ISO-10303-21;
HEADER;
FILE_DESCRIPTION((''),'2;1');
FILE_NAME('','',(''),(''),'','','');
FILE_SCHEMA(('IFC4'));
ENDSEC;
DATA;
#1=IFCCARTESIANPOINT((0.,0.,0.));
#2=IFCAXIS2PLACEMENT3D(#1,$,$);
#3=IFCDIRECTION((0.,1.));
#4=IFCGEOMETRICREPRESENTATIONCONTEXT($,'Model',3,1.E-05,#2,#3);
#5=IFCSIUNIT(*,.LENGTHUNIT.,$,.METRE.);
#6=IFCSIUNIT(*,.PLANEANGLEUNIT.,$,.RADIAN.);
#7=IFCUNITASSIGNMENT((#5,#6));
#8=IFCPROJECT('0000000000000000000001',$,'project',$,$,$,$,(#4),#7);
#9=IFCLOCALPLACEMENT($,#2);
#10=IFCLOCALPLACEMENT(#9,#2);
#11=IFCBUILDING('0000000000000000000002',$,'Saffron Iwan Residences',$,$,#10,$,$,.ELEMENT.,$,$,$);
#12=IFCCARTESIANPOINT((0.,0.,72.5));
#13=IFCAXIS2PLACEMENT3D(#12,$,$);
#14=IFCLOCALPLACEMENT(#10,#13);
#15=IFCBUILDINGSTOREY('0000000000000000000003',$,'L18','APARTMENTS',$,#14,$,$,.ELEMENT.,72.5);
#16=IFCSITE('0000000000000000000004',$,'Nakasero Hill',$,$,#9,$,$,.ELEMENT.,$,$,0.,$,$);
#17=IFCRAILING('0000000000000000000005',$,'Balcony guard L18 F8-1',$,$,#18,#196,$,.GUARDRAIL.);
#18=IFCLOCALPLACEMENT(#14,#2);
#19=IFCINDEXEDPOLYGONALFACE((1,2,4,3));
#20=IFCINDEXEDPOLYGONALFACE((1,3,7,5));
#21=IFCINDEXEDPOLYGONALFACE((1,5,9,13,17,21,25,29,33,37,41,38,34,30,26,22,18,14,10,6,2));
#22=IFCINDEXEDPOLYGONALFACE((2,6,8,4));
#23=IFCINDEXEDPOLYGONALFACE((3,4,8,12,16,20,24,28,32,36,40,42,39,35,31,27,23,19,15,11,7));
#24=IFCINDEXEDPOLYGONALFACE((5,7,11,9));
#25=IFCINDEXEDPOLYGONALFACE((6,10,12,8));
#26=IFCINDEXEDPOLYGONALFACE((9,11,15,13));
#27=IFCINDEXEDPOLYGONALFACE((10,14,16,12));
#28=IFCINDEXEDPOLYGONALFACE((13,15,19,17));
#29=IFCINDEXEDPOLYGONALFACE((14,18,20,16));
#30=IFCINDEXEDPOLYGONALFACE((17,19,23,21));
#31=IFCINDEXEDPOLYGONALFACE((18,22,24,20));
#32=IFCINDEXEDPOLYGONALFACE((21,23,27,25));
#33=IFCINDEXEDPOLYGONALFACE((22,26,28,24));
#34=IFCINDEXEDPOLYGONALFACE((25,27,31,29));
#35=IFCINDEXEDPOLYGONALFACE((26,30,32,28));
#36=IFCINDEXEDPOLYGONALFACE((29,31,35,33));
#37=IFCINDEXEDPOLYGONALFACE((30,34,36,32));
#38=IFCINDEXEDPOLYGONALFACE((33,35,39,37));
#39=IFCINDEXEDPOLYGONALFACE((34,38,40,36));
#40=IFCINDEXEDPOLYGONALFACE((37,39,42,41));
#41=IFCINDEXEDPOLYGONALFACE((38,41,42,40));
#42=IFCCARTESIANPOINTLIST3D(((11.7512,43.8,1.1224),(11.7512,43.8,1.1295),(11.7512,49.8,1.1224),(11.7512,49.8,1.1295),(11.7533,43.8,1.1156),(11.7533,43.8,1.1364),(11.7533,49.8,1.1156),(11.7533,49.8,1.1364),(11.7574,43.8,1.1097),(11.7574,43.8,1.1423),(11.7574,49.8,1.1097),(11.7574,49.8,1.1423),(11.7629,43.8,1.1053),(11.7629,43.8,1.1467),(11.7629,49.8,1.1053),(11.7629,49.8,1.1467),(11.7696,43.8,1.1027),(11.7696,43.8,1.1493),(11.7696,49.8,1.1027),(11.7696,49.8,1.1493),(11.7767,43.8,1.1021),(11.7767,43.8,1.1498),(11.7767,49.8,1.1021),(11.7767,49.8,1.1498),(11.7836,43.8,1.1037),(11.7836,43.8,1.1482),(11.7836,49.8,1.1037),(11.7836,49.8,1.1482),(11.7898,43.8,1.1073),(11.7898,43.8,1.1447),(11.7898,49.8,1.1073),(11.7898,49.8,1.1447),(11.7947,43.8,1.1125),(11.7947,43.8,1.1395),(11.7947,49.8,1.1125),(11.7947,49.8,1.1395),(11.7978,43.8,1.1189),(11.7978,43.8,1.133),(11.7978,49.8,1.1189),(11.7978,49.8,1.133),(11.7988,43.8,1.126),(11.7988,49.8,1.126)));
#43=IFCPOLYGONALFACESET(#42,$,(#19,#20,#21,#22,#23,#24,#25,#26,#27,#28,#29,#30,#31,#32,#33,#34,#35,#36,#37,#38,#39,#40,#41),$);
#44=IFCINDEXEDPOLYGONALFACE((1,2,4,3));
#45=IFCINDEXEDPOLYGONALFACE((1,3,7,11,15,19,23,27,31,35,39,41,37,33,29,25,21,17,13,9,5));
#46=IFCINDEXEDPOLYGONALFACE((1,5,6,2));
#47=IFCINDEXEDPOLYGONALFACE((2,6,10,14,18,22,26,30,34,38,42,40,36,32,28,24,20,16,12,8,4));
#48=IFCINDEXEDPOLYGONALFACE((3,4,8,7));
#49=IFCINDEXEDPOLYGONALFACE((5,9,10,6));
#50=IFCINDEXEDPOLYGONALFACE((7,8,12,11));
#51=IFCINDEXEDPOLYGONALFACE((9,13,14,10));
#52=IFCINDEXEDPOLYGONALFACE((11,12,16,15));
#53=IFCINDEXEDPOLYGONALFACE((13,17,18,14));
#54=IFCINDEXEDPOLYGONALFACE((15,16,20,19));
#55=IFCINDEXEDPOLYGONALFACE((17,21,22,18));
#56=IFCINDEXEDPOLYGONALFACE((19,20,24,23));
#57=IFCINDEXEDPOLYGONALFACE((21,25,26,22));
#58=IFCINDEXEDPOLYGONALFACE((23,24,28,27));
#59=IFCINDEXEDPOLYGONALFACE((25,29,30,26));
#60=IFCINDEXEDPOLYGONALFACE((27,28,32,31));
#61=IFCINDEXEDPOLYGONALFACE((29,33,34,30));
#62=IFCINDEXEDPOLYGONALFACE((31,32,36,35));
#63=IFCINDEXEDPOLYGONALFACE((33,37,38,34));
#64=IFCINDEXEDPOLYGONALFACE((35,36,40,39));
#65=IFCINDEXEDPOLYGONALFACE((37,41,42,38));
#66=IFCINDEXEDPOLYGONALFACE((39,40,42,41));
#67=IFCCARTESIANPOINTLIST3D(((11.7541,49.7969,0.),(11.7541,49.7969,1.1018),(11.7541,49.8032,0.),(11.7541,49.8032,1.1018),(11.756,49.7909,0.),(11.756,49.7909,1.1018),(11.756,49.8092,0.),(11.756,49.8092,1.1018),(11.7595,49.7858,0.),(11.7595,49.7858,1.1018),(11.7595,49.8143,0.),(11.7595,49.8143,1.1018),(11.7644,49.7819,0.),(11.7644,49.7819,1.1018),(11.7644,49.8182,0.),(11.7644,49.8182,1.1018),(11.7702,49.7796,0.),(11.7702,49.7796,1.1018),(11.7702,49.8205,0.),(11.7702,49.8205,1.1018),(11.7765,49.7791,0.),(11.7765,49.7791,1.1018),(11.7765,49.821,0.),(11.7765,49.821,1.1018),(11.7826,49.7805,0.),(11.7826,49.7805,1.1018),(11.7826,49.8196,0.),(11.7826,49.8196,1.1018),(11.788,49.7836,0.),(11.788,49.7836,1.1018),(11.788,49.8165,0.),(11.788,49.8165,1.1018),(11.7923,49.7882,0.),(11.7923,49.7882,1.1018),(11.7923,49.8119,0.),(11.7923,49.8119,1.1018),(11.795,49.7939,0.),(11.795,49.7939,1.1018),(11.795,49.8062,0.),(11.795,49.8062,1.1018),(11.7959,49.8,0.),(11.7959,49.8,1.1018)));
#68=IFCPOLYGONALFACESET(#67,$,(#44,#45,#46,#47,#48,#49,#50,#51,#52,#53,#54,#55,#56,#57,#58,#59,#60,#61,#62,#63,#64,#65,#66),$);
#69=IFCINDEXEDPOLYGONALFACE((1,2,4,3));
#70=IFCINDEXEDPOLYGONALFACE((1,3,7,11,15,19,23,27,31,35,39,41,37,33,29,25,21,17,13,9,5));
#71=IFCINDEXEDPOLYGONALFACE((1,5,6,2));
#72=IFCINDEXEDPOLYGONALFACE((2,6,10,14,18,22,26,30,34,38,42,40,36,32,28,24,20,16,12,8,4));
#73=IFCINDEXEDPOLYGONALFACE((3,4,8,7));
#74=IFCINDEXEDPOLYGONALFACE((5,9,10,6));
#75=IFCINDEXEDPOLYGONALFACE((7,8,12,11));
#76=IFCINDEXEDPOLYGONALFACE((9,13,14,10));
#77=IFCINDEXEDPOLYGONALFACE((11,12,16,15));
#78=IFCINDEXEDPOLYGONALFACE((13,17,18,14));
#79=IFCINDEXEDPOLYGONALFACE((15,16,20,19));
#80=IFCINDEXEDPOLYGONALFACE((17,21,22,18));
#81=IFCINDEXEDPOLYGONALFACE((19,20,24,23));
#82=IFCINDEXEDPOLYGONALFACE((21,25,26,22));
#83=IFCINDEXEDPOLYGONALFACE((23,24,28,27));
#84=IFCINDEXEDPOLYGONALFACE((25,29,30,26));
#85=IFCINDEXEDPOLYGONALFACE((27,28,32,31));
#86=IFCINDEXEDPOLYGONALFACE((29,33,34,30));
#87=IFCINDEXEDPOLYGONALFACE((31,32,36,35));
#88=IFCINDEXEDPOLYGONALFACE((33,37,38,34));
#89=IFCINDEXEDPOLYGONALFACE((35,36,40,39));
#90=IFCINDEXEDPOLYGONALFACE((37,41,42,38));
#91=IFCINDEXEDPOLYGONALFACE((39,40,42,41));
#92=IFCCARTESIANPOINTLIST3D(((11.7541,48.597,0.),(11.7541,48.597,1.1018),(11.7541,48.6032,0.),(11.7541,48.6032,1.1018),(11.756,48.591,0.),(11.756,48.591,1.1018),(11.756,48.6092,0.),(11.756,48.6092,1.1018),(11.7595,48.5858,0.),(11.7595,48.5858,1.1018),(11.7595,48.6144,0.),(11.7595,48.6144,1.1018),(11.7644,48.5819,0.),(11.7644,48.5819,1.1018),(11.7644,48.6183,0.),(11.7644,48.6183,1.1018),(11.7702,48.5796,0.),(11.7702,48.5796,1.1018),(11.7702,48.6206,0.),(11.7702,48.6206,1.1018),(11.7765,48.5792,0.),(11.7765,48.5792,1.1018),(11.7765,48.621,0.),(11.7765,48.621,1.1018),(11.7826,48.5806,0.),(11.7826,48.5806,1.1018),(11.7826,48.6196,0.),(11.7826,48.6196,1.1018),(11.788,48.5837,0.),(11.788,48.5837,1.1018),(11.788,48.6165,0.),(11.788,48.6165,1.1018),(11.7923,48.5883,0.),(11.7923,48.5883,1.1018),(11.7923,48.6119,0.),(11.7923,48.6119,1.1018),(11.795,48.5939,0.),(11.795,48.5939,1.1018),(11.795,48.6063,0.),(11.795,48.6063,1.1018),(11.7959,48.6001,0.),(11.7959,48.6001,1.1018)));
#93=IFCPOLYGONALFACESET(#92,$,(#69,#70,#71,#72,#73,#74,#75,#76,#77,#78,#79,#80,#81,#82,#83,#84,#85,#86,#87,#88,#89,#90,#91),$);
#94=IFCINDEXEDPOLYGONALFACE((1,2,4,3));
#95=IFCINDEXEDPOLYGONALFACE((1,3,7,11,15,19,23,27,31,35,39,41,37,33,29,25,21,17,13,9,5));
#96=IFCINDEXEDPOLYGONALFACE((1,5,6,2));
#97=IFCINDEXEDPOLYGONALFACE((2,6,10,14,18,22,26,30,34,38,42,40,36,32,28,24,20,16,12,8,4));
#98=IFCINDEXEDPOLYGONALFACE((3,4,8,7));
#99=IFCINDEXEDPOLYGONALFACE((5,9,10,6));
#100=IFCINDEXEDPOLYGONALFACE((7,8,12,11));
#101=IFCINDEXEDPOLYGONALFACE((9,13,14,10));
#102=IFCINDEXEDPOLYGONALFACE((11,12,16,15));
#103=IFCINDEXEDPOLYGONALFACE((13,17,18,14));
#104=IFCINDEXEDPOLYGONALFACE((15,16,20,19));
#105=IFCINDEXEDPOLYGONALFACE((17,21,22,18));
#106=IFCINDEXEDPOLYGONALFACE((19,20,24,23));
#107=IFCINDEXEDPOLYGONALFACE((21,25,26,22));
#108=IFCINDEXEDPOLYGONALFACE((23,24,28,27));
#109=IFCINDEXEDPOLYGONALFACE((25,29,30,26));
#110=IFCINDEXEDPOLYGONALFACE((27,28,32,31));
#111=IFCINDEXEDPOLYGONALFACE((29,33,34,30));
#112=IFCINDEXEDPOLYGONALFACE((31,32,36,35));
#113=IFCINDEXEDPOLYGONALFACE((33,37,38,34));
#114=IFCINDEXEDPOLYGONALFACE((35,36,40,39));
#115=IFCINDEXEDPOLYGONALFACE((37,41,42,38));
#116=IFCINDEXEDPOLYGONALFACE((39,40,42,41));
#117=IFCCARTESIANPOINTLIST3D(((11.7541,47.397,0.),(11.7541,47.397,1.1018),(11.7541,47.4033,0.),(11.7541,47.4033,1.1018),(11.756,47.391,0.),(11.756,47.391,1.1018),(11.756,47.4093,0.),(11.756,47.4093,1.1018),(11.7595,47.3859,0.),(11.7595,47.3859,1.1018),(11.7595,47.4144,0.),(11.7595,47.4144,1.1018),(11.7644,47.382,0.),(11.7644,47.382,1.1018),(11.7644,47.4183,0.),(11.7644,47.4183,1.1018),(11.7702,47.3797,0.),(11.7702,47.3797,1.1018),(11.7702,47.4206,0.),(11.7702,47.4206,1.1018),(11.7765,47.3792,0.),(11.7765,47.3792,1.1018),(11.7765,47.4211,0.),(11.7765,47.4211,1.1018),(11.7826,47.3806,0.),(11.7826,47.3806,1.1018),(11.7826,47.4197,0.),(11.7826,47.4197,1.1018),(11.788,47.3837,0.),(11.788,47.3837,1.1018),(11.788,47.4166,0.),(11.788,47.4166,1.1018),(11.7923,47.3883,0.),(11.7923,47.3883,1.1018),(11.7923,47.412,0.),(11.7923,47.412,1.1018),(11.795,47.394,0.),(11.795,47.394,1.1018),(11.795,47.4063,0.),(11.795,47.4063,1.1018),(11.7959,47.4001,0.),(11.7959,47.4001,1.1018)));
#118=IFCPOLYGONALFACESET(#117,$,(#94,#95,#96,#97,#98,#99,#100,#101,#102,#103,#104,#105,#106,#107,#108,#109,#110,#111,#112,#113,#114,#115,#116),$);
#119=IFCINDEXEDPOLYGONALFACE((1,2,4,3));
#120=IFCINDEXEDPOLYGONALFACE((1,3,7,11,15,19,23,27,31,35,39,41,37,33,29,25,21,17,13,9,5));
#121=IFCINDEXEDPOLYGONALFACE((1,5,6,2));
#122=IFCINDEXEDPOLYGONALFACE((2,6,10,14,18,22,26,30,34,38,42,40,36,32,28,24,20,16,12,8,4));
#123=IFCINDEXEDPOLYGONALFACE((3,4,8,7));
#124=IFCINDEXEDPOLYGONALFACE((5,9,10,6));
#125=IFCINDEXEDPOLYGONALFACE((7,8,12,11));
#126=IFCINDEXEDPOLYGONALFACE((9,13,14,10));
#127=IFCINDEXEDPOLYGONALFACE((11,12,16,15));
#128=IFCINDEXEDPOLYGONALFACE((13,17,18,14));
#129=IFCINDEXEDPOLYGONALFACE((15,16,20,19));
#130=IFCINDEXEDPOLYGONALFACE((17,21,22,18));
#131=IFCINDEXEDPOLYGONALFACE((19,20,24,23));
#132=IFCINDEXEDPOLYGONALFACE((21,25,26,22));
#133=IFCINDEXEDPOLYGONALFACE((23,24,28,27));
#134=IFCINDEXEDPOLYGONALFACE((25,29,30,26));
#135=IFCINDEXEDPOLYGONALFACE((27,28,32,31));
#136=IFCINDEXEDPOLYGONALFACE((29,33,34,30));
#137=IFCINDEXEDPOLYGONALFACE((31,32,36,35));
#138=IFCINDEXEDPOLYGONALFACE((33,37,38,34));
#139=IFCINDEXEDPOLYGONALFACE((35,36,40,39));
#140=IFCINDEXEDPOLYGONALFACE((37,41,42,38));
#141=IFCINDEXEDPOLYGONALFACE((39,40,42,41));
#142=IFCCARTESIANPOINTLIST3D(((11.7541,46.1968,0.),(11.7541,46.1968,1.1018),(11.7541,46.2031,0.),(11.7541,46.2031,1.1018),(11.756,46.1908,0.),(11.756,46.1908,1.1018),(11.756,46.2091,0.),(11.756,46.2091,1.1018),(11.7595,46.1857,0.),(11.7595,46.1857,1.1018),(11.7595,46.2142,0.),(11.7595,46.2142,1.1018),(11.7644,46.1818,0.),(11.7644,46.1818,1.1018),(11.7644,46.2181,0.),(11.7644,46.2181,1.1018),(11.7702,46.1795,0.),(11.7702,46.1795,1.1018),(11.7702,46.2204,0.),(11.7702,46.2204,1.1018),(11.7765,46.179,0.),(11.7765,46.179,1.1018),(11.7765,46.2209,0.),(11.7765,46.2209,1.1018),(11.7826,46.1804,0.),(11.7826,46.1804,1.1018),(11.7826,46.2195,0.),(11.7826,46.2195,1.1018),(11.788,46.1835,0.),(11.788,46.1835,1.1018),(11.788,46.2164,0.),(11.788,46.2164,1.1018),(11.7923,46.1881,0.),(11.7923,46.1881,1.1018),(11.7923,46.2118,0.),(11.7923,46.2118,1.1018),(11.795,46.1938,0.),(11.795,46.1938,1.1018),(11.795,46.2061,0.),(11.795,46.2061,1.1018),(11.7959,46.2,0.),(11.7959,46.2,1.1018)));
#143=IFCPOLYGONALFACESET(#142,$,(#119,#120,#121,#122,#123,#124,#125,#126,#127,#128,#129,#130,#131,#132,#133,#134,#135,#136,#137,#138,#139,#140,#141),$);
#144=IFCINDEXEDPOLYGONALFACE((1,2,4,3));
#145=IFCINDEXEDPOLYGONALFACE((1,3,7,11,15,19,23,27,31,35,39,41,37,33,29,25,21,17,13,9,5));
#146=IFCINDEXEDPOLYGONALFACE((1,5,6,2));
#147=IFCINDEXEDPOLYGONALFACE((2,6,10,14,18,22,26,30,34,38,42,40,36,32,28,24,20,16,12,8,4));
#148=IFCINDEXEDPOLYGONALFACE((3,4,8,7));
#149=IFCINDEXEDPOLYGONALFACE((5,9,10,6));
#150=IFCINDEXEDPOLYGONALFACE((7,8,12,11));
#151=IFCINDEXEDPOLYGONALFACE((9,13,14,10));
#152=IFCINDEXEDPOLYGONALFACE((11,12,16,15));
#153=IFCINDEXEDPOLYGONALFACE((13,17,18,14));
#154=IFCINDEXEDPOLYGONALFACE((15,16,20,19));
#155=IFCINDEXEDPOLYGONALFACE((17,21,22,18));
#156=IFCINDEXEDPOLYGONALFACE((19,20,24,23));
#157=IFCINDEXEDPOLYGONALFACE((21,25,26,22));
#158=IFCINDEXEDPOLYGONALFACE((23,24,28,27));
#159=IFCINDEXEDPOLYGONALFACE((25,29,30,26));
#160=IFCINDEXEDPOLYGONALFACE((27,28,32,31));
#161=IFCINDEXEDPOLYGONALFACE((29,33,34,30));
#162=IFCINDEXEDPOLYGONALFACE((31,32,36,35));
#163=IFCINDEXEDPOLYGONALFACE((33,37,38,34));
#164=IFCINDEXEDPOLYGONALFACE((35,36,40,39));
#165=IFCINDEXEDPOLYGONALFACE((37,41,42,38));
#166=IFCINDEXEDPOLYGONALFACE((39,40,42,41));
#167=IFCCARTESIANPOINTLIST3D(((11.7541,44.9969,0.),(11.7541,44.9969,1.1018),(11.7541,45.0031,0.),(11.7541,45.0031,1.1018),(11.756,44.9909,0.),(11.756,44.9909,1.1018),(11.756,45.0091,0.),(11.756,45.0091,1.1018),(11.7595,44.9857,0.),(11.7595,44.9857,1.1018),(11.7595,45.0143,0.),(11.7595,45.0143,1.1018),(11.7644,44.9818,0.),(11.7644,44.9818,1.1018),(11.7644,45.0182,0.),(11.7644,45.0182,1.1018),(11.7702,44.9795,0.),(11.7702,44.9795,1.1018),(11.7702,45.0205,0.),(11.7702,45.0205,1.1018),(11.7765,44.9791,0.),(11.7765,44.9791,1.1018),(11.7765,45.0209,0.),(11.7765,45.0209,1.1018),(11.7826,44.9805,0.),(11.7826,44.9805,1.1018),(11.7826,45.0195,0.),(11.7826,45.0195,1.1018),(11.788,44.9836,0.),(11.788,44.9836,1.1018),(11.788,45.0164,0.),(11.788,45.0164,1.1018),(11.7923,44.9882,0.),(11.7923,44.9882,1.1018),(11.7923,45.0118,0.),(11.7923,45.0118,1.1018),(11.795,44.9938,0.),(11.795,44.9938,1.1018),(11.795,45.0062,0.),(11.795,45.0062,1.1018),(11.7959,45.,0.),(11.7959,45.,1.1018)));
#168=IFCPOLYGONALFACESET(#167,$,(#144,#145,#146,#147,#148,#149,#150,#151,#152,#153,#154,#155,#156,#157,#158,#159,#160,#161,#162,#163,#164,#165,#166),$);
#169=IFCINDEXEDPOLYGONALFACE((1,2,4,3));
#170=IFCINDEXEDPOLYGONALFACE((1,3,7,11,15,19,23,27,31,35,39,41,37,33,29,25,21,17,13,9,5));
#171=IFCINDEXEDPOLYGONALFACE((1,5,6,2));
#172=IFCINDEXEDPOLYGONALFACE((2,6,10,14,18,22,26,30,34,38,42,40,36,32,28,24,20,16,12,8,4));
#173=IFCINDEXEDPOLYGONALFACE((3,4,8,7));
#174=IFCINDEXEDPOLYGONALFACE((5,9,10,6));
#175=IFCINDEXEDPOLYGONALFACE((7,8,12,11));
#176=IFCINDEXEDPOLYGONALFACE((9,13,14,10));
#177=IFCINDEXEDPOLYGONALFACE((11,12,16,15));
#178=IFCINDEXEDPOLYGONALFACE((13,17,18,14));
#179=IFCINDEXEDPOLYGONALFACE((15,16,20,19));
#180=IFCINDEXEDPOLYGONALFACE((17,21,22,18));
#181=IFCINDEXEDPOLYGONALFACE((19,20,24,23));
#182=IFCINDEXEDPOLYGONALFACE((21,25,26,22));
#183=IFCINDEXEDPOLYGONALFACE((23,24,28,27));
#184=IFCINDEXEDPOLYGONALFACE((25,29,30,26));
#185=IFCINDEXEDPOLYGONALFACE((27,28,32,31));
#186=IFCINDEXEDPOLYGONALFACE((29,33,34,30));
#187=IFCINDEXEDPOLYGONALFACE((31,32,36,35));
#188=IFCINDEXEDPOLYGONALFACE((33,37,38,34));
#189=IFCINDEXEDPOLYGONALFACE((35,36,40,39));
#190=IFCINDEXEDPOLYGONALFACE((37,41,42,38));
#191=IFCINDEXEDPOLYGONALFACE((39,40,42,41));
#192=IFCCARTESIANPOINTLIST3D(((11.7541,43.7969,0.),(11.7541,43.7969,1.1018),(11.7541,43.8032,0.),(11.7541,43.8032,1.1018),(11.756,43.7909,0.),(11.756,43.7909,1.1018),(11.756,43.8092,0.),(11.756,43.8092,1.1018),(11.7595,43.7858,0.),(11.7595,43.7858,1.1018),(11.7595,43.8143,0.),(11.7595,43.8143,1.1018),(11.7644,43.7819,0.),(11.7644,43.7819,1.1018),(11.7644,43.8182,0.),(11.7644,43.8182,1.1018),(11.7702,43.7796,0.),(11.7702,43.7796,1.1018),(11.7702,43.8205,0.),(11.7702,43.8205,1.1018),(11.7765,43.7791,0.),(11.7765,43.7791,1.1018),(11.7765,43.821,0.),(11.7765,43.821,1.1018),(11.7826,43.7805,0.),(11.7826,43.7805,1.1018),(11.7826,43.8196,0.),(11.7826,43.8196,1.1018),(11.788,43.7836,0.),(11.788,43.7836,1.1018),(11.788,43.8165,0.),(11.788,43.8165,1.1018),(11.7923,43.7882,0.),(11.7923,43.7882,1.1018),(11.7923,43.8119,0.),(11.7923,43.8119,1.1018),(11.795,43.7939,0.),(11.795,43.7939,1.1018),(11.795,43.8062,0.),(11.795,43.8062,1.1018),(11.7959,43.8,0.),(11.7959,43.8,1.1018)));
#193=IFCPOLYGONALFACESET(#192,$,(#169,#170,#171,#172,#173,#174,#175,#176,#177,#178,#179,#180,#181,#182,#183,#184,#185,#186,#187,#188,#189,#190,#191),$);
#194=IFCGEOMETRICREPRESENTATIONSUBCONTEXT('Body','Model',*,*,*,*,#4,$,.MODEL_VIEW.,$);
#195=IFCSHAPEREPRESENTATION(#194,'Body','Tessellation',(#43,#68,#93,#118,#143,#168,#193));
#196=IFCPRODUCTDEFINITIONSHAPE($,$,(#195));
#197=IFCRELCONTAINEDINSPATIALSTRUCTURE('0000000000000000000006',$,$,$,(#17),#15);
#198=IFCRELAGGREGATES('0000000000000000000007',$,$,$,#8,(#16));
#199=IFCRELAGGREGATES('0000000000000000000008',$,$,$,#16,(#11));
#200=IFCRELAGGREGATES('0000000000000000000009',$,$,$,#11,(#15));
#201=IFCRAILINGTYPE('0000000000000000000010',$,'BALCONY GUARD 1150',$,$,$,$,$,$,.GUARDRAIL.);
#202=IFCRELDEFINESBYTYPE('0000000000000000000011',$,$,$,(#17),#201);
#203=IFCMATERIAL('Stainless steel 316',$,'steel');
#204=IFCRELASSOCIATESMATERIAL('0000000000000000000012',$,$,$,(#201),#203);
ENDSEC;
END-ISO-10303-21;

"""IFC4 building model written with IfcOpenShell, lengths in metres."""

from ifc_helpers import new_model, si_unit, direction, frame, origin, origin_2d, place, context, subcontext, project, spatial, circle, extrude, material, type_object, element, save


model = new_model("IFC4")

# Units and contexts
model_context = context("Model", 3, precision=1e-05, world=origin(), true_north=direction((0.0, 1.0)))
body_context = subcontext(model_context, "Body", "Model", "MODEL_VIEW")
ifc_project = project(units=[si_unit("LENGTHUNIT", "METRE"), si_unit("PLANEANGLEUNIT", "RADIAN")], contexts=[model_context])

# Site, building, storey
site_placement = place(None, origin())
site = spatial("IfcSite", under=ifc_project, at=site_placement, Name="Nakasero Hill", CompositionType="ELEMENT", RefElevation=0.0)
building_placement = place(site_placement, origin())
building = spatial("IfcBuilding", under=site, at=building_placement, Name="Saffron Iwan Residences", CompositionType="ELEMENT")
storey_placement = place(building_placement, frame((0.0, 0.0, 72.5)))
storey = spatial("IfcBuildingStorey", under=building, at=storey_placement, Name="L18", Description="APARTMENTS", CompositionType="ELEMENT", Elevation=72.5)

# Railing
ifc_material_1 = material(Name="Stainless steel 316", Category="steel")
railing_type = type_object("IfcRailingType", Name="BALCONY GUARD 1150", PredefinedType="GUARDRAIL", material=ifc_material_1)
for number, where, name in (
    (1, (11.7749, 49.8, 0.0), "Balcony guard L18 F8-1"),
):
    element("IfcRailing", number, at=place(storey_placement, frame(where)), inside=storey, type_object=railing_type, Name=name, PredefinedType="GUARDRAIL", context=body_context, shape_type="SweptSolid", body=[
        extrude(circle(Radius=0.0239, at=origin_2d()), frame((0.0, 0.0, 1.126), z_axis=(0.0, -1.0, 0.0), x_axis=(1.0, 0.0, 0.0)), (0.0, 0.0, 1.0), 6.0),
        extrude(circle(Radius=0.021, at=origin_2d()), origin(), (0.0, 0.0, 1.0), 1.1018),
        extrude(circle(Radius=0.021, at=origin_2d()), frame((0.0, -1.2, 0.0)), (0.0, 0.0, 1.0), 1.1018),
        extrude(circle(Radius=0.021, at=origin_2d()), frame((0.0, -2.3999, 0.0)), (0.0, 0.0, 1.0), 1.1018),
        extrude(circle(Radius=0.021, at=origin_2d()), frame((0.0, -3.6001, 0.0)), (0.0, 0.0, 1.0), 1.1018),
        extrude(circle(Radius=0.021, at=origin_2d()), frame((0.0, -4.8, 0.0)), (0.0, 0.0, 1.0), 1.1018),
        extrude(circle(Radius=0.021, at=origin_2d()), frame((0.0, -6.0, 0.0)), (0.0, 0.0, 1.0), 1.1018),
    ])

save(model, "model.ifc")
